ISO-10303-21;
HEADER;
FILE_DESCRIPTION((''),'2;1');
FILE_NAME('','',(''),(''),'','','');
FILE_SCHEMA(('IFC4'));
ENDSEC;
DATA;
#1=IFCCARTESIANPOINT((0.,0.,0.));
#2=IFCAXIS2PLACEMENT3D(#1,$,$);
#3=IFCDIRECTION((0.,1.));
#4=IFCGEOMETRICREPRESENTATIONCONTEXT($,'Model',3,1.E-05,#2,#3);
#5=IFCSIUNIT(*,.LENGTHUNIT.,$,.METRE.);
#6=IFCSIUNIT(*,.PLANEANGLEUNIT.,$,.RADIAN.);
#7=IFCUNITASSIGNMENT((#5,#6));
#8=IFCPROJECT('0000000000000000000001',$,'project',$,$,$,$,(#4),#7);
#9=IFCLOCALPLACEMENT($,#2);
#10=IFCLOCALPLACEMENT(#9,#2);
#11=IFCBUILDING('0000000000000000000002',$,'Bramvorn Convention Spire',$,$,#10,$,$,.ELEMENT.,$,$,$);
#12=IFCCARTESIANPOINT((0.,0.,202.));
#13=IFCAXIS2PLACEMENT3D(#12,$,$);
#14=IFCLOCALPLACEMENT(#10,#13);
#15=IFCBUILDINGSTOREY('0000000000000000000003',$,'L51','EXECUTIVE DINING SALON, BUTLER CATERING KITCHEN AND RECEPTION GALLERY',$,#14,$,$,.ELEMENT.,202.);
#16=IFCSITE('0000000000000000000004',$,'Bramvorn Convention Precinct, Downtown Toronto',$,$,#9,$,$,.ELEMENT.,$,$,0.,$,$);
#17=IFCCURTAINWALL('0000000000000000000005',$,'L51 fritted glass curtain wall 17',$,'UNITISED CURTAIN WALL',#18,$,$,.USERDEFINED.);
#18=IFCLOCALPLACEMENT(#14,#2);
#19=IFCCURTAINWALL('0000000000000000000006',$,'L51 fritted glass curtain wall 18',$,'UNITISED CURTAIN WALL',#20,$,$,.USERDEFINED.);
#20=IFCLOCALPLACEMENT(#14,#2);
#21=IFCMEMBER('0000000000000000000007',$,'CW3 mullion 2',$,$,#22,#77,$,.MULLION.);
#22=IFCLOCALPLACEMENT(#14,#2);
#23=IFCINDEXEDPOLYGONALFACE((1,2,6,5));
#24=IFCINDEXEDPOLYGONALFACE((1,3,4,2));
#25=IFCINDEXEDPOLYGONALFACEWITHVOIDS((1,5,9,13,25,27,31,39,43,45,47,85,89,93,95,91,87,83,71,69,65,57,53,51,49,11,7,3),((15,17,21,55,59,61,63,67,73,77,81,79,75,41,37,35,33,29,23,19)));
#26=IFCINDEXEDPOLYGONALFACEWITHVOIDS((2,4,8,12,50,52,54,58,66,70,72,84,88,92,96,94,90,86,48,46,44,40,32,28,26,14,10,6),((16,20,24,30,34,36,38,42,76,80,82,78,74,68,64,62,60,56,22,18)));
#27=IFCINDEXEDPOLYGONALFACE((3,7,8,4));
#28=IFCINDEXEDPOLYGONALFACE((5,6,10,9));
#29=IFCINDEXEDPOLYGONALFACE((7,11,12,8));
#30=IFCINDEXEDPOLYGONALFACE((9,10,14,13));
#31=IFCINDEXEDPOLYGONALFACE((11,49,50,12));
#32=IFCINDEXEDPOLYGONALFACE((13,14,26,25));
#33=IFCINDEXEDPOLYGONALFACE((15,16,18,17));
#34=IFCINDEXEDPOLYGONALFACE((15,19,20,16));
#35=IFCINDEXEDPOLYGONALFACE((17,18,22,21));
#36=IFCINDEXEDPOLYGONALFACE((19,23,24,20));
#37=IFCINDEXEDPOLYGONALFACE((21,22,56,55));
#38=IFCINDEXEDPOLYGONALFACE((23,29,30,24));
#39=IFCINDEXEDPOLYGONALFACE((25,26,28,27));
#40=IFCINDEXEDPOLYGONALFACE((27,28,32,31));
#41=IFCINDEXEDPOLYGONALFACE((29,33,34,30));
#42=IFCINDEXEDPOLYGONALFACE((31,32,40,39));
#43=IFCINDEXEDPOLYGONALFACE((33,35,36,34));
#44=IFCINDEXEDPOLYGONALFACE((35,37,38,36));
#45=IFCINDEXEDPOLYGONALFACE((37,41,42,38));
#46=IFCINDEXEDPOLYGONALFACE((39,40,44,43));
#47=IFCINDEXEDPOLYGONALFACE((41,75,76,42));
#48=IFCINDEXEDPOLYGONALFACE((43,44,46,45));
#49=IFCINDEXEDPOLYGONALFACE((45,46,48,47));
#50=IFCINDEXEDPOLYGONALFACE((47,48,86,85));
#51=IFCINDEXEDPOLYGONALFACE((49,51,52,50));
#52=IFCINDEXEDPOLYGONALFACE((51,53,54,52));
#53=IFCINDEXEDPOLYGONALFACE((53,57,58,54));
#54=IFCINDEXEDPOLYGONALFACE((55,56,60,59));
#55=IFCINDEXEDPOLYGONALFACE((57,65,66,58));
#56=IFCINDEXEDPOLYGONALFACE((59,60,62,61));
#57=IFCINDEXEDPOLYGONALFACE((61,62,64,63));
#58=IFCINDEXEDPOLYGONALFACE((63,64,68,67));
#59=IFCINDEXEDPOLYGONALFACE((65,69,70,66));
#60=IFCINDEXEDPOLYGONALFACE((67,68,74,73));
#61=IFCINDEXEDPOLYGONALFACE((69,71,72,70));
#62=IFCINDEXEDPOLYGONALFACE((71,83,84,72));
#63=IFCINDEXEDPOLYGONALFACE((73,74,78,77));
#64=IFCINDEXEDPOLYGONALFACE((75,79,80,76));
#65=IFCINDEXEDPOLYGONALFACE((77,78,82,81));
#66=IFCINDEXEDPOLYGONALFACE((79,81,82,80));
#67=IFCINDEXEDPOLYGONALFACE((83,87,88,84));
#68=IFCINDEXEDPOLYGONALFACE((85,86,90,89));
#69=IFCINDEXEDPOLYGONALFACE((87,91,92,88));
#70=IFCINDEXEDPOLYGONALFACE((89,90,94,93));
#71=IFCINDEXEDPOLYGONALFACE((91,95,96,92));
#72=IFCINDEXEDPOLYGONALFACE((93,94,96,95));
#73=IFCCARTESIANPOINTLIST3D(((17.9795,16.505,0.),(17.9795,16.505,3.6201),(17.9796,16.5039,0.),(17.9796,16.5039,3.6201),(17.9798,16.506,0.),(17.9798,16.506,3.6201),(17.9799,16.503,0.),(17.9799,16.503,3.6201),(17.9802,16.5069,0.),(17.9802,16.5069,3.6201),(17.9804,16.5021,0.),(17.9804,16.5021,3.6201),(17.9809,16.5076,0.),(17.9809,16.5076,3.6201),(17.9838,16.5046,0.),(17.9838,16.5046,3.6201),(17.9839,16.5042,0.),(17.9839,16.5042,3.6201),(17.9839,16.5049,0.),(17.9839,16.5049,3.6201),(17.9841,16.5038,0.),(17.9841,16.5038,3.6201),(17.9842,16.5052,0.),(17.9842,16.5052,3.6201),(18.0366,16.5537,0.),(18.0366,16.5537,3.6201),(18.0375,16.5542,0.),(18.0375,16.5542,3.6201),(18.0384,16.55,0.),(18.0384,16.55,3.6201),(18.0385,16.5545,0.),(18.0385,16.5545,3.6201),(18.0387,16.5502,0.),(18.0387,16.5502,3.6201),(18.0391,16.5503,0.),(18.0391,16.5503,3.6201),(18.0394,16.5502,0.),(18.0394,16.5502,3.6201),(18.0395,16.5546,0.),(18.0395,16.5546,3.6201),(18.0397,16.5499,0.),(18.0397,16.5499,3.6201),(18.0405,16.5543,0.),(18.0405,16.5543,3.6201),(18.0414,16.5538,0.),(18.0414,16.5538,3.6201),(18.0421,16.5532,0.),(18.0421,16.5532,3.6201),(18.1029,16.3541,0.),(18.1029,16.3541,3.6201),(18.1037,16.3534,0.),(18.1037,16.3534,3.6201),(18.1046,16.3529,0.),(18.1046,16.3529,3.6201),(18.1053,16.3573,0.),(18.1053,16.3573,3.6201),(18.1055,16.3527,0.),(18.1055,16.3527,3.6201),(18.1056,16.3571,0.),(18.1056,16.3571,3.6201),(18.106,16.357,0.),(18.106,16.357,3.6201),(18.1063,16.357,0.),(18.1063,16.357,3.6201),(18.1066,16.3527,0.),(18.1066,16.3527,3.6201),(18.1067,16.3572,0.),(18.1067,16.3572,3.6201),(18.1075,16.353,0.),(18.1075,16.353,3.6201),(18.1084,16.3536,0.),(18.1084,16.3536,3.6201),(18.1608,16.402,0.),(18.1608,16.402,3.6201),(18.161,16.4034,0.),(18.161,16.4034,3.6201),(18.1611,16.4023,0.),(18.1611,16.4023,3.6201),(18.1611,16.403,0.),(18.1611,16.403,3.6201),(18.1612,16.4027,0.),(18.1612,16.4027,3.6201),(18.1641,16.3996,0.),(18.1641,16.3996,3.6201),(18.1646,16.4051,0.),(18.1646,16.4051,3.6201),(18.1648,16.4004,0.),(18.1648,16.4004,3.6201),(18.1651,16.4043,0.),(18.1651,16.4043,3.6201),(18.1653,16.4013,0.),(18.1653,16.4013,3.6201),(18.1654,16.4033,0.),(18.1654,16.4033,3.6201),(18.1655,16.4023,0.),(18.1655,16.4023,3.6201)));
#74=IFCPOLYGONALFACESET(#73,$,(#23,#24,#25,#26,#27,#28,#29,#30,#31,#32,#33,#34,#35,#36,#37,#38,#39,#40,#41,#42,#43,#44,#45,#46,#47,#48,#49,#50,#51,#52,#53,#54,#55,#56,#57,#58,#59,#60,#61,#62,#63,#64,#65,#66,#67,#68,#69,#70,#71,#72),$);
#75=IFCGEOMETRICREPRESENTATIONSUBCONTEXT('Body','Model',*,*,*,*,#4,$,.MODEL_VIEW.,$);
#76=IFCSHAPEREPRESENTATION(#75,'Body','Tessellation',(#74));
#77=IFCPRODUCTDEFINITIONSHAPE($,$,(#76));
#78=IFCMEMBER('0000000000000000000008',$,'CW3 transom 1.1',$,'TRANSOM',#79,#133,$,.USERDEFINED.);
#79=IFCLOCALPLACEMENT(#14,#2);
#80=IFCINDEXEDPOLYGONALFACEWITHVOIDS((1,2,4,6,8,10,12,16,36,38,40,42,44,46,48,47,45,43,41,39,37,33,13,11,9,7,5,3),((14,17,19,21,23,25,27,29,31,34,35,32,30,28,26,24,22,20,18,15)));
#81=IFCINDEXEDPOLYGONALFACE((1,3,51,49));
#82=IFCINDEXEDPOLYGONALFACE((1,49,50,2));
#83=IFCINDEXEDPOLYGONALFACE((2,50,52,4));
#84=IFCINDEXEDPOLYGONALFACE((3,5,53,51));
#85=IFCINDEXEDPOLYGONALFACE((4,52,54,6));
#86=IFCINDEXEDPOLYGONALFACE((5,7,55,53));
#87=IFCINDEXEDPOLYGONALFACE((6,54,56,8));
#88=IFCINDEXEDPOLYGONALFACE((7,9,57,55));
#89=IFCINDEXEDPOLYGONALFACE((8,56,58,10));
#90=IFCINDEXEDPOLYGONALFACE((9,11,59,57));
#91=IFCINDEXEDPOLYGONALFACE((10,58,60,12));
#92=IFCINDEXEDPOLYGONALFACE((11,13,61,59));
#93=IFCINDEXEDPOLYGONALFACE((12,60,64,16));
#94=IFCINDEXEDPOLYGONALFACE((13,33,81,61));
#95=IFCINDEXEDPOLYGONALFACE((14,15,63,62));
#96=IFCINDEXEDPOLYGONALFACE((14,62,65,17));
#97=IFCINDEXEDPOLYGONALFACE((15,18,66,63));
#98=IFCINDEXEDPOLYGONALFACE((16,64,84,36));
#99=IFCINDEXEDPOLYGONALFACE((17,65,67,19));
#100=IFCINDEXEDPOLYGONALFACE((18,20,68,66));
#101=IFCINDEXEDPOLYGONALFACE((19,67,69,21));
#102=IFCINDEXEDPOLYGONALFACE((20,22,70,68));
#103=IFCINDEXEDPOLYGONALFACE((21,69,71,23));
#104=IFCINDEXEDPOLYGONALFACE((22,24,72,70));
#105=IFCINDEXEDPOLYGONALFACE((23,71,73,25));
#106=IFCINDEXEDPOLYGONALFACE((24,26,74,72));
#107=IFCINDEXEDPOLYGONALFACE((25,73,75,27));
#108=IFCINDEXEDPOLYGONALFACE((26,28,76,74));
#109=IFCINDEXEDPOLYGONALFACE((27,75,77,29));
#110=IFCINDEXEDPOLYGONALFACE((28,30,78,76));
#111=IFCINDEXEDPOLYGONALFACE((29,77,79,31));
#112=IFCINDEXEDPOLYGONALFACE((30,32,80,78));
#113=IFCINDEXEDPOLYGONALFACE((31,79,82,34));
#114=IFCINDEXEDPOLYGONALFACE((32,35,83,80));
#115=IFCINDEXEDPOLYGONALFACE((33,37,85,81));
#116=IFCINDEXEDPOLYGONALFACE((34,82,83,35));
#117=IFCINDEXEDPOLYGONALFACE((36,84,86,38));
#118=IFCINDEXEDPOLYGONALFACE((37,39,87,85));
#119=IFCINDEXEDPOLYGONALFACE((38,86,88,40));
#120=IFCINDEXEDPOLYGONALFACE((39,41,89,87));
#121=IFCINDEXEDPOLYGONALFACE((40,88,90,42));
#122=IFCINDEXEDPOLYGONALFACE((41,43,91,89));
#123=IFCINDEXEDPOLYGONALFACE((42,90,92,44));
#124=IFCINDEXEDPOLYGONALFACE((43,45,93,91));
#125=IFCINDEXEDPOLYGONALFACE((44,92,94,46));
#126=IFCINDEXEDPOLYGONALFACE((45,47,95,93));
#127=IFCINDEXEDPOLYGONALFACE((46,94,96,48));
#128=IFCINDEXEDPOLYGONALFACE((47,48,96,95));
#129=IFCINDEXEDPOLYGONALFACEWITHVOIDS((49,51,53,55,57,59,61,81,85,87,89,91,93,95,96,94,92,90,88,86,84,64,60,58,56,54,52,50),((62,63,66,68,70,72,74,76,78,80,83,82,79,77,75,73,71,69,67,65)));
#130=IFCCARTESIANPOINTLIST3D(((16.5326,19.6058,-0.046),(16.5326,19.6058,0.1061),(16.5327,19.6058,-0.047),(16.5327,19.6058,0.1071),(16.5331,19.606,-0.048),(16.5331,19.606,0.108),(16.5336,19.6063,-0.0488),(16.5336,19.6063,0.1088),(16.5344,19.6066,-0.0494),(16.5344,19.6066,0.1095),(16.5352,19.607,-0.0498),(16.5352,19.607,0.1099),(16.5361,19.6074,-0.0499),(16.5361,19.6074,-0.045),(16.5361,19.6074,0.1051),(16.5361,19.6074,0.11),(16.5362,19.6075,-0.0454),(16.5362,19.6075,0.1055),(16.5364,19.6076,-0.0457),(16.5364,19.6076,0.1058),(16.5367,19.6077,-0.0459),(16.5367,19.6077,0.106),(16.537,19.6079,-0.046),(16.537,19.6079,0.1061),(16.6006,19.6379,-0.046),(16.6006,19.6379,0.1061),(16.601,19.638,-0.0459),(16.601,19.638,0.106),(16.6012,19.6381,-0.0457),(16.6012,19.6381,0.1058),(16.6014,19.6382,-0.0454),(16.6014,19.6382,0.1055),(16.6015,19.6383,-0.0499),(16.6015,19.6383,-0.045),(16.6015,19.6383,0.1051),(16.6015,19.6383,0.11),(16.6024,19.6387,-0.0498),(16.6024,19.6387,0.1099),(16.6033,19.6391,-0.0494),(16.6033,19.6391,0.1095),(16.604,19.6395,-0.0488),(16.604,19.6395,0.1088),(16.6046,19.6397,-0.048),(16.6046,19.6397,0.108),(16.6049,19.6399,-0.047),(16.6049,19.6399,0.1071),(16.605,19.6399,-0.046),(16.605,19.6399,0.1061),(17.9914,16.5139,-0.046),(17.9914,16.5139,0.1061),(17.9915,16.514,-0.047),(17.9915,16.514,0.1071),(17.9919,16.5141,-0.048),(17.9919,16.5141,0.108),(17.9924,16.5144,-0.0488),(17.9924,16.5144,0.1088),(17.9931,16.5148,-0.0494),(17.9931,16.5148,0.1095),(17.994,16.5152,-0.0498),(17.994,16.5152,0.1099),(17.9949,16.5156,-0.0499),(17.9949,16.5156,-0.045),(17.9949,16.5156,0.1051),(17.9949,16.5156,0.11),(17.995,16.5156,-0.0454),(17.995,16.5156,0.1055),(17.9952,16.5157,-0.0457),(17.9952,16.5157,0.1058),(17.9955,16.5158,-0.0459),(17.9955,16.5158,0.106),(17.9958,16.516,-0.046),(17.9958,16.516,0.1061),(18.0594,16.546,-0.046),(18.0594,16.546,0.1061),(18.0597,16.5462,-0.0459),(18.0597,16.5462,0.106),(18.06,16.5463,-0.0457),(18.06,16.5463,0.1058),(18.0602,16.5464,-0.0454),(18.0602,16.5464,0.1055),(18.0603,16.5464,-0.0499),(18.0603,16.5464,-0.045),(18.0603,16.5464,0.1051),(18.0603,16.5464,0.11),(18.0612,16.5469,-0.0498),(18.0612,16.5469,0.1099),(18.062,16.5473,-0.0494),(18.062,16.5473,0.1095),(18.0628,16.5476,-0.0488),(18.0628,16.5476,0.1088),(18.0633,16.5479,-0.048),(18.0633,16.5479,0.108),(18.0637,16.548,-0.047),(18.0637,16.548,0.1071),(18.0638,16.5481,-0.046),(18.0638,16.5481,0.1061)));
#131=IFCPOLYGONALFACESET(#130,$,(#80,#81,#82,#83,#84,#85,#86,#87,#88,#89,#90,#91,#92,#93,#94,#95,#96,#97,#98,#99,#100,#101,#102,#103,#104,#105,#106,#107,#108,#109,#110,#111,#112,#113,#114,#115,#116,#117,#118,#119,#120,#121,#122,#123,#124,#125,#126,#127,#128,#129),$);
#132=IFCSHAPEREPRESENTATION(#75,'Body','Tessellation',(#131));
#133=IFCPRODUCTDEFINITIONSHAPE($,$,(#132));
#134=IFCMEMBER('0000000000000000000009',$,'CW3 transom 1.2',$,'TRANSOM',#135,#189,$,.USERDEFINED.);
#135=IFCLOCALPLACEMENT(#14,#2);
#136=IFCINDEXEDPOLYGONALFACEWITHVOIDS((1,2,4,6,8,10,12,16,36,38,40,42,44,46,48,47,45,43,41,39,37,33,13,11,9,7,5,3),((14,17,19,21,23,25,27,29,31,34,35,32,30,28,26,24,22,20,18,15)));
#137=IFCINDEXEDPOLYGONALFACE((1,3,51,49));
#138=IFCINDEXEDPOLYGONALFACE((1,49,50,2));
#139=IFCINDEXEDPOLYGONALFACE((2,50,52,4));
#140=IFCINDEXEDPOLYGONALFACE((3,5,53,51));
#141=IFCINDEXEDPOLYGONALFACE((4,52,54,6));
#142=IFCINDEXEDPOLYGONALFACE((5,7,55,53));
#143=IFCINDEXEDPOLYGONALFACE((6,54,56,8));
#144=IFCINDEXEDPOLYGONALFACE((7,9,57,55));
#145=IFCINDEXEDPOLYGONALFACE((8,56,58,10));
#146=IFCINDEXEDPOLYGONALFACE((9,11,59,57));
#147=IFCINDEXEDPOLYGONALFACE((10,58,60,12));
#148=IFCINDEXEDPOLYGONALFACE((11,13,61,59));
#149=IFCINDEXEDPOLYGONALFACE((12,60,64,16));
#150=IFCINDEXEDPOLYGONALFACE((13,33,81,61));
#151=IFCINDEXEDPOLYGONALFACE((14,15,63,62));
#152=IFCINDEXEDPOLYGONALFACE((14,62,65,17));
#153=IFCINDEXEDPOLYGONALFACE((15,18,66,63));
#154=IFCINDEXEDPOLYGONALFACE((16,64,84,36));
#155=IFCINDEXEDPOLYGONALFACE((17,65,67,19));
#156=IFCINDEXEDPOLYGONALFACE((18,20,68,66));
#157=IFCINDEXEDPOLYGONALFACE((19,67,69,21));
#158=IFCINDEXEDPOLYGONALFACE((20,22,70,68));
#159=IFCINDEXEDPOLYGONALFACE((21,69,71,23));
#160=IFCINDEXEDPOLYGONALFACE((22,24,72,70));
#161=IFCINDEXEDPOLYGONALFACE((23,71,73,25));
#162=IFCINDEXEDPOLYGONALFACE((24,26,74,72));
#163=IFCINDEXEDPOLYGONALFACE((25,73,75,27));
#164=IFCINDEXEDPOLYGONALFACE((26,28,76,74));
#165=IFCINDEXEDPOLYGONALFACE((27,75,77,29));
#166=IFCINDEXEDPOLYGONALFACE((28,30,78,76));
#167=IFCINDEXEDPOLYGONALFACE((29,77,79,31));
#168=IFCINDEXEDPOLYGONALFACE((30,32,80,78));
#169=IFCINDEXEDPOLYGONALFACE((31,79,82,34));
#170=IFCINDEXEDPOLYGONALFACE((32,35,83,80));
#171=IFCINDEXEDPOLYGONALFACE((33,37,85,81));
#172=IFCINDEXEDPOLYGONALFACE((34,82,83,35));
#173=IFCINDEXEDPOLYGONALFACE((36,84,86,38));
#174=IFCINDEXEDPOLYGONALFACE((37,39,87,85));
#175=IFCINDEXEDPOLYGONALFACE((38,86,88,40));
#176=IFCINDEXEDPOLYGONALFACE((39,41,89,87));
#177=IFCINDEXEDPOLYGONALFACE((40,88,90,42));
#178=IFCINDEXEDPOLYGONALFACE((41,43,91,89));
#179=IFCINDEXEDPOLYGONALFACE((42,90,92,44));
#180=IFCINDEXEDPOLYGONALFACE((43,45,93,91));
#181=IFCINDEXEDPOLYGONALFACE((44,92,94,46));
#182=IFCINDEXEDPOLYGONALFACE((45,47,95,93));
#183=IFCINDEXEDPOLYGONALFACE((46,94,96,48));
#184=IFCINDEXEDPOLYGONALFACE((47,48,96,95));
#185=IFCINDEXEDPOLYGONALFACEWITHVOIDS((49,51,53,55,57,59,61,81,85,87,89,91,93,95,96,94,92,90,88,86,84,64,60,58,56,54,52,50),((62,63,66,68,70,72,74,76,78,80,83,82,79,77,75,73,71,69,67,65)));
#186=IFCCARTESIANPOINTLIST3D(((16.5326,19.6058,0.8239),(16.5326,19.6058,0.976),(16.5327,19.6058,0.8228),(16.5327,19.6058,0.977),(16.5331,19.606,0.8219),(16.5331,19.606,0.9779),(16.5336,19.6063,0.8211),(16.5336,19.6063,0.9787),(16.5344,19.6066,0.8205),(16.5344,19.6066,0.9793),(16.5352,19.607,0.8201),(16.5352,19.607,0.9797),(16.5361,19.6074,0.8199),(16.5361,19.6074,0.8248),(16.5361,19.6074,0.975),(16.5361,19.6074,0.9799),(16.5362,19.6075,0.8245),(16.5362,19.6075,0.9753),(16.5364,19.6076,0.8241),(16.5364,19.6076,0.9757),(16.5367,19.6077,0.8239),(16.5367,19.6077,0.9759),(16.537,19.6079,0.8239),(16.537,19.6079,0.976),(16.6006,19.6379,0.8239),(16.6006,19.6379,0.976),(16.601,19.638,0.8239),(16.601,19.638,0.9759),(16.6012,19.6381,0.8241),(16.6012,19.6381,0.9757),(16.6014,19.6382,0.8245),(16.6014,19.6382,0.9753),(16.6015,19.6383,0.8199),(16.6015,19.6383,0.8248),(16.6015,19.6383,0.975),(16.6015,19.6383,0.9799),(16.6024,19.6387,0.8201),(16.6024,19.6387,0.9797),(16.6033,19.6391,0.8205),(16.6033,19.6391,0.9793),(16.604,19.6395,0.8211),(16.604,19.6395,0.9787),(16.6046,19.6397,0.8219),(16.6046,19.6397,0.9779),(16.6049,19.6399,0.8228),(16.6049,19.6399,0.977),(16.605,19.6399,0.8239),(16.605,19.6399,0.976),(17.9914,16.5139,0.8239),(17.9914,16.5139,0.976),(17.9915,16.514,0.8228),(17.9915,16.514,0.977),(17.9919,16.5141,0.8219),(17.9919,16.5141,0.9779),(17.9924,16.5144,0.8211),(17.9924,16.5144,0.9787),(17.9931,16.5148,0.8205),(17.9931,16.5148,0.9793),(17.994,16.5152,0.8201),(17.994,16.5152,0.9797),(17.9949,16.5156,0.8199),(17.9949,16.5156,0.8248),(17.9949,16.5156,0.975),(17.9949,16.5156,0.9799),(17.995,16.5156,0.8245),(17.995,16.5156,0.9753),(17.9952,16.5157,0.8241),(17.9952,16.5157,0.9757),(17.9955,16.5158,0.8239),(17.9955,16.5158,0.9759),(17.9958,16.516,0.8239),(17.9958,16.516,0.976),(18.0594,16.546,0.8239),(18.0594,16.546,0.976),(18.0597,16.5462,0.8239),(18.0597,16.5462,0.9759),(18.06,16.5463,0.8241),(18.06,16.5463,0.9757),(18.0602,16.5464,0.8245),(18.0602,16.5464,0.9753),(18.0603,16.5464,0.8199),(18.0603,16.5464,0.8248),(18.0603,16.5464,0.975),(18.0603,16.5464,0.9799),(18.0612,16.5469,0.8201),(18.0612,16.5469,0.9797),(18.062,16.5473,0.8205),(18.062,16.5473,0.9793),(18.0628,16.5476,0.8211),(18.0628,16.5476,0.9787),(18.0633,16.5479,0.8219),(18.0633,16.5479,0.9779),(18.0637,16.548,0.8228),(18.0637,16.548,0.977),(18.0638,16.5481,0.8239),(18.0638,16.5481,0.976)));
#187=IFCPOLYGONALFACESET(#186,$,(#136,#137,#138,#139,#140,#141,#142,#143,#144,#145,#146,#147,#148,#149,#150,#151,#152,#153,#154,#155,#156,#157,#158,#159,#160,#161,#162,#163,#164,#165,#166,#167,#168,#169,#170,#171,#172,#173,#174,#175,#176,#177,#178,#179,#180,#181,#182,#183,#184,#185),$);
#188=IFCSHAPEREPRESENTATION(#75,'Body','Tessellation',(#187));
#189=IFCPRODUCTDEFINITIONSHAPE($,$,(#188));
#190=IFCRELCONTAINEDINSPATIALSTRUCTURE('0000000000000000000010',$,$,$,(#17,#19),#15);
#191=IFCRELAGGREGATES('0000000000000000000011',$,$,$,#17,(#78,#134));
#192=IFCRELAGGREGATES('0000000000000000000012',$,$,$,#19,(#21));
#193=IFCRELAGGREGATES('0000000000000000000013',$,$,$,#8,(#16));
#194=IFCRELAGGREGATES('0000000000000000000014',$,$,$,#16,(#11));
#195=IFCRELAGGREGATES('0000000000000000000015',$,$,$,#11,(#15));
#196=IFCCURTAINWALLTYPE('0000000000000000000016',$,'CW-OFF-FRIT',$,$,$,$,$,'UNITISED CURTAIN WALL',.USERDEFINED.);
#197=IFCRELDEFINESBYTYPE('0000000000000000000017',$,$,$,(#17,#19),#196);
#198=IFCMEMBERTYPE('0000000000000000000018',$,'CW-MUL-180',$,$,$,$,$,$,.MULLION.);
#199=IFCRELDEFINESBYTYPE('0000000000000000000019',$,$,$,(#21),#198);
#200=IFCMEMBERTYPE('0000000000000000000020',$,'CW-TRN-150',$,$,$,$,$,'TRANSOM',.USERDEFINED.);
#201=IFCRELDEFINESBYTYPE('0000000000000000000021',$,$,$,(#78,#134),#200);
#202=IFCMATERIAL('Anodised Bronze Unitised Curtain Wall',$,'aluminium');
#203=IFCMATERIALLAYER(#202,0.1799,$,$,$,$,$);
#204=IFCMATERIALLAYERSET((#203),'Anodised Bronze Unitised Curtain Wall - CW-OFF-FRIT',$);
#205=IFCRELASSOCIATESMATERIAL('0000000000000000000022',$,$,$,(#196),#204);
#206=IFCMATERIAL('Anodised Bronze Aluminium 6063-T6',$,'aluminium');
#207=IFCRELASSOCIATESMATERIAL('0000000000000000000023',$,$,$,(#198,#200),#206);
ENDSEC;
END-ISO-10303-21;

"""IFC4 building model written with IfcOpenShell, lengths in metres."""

from ifc_helpers import new_model, si_unit, direction, frame, origin, origin_2d, place, context, subcontext, project, spatial, hollow_rectangle, extrude, material, layer, layer_set, material_profile, profile_set, type_object, element, aggregate, save


model = new_model("IFC4")

# Units and contexts
model_context = context("Model", 3, precision=1e-05, world=origin(), true_north=direction((0.0, 1.0)))
body_context = subcontext(model_context, "Body", "Model", "MODEL_VIEW")
ifc_project = project(units=[si_unit("LENGTHUNIT", "METRE"), si_unit("PLANEANGLEUNIT", "RADIAN")], contexts=[model_context])

# Site, building, storey
site_placement = place(None, origin())
site = spatial("IfcSite", under=ifc_project, at=site_placement, Name="Bramvorn Convention Precinct, Downtown Toronto", CompositionType="ELEMENT", RefElevation=0.0)
building_placement = place(site_placement, origin())
building = spatial("IfcBuilding", under=site, at=building_placement, Name="Bramvorn Convention Spire", CompositionType="ELEMENT")
storey_placement = place(building_placement, frame((0.0, 0.0, 202.0)))
storey = spatial("IfcBuildingStorey", under=building, at=storey_placement, Name="L51", Description="EXECUTIVE DINING SALON, BUTLER CATERING KITCHEN AND RECEPTION GALLERY", CompositionType="ELEMENT", Elevation=202.0)

# Curtain wall
ifc_material_1 = material(Name="Anodised Bronze Unitised Curtain Wall", Category="aluminium")
ifc_layer_1 = layer(ifc_material_1, 0.1799)
ifc_layer_set_1 = layer_set([ifc_layer_1], Name="Anodised Bronze Unitised Curtain Wall - CW-OFF-FRIT")
curtain_wall_type = type_object("IfcCurtainWallType", Name="CW-OFF-FRIT", ElementType="UNITISED CURTAIN WALL", PredefinedType="USERDEFINED", material=ifc_layer_set_1)
curtain_wall_1_placement = place(storey_placement, origin())
curtain_wall_1 = element("IfcCurtainWall", 1, at=curtain_wall_1_placement, inside=storey, type_object=curtain_wall_type, Name="L51 fritted glass curtain wall 17", ObjectType="UNITISED CURTAIN WALL", PredefinedType="USERDEFINED")
ifc_material_2 = material(Name="Anodised Bronze Aluminium 6063-T6", Category="aluminium")
ifc_material_profile_1 = material_profile(ifc_material_2, hollow_rectangle(XDim=0.0801, YDim=0.2, WallThickness=0.0039, InnerFilletRadius=0.001, OuterFilletRadius=0.0039, at=origin_2d()))
ifc_profile_set_1 = profile_set([ifc_material_profile_1], Name="Anodised Bronze Aluminium 6063-T6 - CWM80X200")
member_type_1 = type_object("IfcMemberType", Name="CW-MUL-180", PredefinedType="MULLION", material=ifc_profile_set_1)

# Curtain wall, member
curtain_wall_2_placement = place(storey_placement, origin())
curtain_wall_2 = element("IfcCurtainWall", 2, at=curtain_wall_2_placement, inside=storey, type_object=curtain_wall_type, Name="L51 fritted glass curtain wall 18", ObjectType="UNITISED CURTAIN WALL", PredefinedType="USERDEFINED")
member_1_placement = place(storey_placement, frame((18.0725, 16.4536, 0.0), z_axis=(0.0, 0.0, 1.0), x_axis=(-0.770463, -0.637485, 0.0)))
member_1 = element("IfcMember", 3, at=member_1_placement, type_object=member_type_1, Name="CW3 mullion 2", PredefinedType="MULLION", context=body_context, shape_type="SweptSolid", body=[
    extrude(hollow_rectangle(XDim=0.0801, YDim=0.2, WallThickness=0.0039, InnerFilletRadius=0.001, OuterFilletRadius=0.0039, at=origin_2d()), origin(), (0.0, 0.0, 1.0), 3.6201),
])

# Members
ifc_material_profile_2 = material_profile(ifc_material_2, hollow_rectangle(XDim=0.0801, YDim=0.1599, WallThickness=0.0039, InnerFilletRadius=0.001, OuterFilletRadius=0.0039, at=origin_2d()))
ifc_profile_set_2 = profile_set([ifc_material_profile_2], Name="Anodised Bronze Aluminium 6063-T6 - CWT80X160")
member_type_2 = type_object("IfcMemberType", Name="CW-TRN-150", ElementType="TRANSOM", PredefinedType="USERDEFINED", material=ifc_profile_set_2)
member_2_placement = place(storey_placement, frame((18.0276, 16.531, 0.03), z_axis=(-0.426701, 0.904393, 0.0), x_axis=(-0.904393, -0.426701, 0.0)))
member_2 = element("IfcMember", 4, at=member_2_placement, type_object=member_type_2, Name="CW3 transom 1.1", ObjectType="TRANSOM", PredefinedType="USERDEFINED", context=body_context, shape_type="SweptSolid", body=[
    extrude(hollow_rectangle(XDim=0.0801, YDim=0.1599, WallThickness=0.0039, InnerFilletRadius=0.001, OuterFilletRadius=0.0039, at=origin_2d()), origin(), (0.0, 0.0, 1.0), 3.4187),
])
member_3_placement = place(storey_placement, frame((18.0276, 16.531, 0.8999), z_axis=(-0.426701, 0.904393, 0.0), x_axis=(-0.904393, -0.426701, 0.0)))
member_3 = element("IfcMember", 5, at=member_3_placement, type_object=member_type_2, Name="CW3 transom 1.2", ObjectType="TRANSOM", PredefinedType="USERDEFINED", context=body_context, shape_type="SweptSolid", body=[
    extrude(hollow_rectangle(XDim=0.0801, YDim=0.1599, WallThickness=0.0039, InnerFilletRadius=0.001, OuterFilletRadius=0.0039, at=origin_2d()), origin(), (0.0, 0.0, 1.0), 3.4187),
])

aggregate(curtain_wall_1, [member_2, member_3])
aggregate(curtain_wall_2, [member_1])

save(model, "model.ifc")
